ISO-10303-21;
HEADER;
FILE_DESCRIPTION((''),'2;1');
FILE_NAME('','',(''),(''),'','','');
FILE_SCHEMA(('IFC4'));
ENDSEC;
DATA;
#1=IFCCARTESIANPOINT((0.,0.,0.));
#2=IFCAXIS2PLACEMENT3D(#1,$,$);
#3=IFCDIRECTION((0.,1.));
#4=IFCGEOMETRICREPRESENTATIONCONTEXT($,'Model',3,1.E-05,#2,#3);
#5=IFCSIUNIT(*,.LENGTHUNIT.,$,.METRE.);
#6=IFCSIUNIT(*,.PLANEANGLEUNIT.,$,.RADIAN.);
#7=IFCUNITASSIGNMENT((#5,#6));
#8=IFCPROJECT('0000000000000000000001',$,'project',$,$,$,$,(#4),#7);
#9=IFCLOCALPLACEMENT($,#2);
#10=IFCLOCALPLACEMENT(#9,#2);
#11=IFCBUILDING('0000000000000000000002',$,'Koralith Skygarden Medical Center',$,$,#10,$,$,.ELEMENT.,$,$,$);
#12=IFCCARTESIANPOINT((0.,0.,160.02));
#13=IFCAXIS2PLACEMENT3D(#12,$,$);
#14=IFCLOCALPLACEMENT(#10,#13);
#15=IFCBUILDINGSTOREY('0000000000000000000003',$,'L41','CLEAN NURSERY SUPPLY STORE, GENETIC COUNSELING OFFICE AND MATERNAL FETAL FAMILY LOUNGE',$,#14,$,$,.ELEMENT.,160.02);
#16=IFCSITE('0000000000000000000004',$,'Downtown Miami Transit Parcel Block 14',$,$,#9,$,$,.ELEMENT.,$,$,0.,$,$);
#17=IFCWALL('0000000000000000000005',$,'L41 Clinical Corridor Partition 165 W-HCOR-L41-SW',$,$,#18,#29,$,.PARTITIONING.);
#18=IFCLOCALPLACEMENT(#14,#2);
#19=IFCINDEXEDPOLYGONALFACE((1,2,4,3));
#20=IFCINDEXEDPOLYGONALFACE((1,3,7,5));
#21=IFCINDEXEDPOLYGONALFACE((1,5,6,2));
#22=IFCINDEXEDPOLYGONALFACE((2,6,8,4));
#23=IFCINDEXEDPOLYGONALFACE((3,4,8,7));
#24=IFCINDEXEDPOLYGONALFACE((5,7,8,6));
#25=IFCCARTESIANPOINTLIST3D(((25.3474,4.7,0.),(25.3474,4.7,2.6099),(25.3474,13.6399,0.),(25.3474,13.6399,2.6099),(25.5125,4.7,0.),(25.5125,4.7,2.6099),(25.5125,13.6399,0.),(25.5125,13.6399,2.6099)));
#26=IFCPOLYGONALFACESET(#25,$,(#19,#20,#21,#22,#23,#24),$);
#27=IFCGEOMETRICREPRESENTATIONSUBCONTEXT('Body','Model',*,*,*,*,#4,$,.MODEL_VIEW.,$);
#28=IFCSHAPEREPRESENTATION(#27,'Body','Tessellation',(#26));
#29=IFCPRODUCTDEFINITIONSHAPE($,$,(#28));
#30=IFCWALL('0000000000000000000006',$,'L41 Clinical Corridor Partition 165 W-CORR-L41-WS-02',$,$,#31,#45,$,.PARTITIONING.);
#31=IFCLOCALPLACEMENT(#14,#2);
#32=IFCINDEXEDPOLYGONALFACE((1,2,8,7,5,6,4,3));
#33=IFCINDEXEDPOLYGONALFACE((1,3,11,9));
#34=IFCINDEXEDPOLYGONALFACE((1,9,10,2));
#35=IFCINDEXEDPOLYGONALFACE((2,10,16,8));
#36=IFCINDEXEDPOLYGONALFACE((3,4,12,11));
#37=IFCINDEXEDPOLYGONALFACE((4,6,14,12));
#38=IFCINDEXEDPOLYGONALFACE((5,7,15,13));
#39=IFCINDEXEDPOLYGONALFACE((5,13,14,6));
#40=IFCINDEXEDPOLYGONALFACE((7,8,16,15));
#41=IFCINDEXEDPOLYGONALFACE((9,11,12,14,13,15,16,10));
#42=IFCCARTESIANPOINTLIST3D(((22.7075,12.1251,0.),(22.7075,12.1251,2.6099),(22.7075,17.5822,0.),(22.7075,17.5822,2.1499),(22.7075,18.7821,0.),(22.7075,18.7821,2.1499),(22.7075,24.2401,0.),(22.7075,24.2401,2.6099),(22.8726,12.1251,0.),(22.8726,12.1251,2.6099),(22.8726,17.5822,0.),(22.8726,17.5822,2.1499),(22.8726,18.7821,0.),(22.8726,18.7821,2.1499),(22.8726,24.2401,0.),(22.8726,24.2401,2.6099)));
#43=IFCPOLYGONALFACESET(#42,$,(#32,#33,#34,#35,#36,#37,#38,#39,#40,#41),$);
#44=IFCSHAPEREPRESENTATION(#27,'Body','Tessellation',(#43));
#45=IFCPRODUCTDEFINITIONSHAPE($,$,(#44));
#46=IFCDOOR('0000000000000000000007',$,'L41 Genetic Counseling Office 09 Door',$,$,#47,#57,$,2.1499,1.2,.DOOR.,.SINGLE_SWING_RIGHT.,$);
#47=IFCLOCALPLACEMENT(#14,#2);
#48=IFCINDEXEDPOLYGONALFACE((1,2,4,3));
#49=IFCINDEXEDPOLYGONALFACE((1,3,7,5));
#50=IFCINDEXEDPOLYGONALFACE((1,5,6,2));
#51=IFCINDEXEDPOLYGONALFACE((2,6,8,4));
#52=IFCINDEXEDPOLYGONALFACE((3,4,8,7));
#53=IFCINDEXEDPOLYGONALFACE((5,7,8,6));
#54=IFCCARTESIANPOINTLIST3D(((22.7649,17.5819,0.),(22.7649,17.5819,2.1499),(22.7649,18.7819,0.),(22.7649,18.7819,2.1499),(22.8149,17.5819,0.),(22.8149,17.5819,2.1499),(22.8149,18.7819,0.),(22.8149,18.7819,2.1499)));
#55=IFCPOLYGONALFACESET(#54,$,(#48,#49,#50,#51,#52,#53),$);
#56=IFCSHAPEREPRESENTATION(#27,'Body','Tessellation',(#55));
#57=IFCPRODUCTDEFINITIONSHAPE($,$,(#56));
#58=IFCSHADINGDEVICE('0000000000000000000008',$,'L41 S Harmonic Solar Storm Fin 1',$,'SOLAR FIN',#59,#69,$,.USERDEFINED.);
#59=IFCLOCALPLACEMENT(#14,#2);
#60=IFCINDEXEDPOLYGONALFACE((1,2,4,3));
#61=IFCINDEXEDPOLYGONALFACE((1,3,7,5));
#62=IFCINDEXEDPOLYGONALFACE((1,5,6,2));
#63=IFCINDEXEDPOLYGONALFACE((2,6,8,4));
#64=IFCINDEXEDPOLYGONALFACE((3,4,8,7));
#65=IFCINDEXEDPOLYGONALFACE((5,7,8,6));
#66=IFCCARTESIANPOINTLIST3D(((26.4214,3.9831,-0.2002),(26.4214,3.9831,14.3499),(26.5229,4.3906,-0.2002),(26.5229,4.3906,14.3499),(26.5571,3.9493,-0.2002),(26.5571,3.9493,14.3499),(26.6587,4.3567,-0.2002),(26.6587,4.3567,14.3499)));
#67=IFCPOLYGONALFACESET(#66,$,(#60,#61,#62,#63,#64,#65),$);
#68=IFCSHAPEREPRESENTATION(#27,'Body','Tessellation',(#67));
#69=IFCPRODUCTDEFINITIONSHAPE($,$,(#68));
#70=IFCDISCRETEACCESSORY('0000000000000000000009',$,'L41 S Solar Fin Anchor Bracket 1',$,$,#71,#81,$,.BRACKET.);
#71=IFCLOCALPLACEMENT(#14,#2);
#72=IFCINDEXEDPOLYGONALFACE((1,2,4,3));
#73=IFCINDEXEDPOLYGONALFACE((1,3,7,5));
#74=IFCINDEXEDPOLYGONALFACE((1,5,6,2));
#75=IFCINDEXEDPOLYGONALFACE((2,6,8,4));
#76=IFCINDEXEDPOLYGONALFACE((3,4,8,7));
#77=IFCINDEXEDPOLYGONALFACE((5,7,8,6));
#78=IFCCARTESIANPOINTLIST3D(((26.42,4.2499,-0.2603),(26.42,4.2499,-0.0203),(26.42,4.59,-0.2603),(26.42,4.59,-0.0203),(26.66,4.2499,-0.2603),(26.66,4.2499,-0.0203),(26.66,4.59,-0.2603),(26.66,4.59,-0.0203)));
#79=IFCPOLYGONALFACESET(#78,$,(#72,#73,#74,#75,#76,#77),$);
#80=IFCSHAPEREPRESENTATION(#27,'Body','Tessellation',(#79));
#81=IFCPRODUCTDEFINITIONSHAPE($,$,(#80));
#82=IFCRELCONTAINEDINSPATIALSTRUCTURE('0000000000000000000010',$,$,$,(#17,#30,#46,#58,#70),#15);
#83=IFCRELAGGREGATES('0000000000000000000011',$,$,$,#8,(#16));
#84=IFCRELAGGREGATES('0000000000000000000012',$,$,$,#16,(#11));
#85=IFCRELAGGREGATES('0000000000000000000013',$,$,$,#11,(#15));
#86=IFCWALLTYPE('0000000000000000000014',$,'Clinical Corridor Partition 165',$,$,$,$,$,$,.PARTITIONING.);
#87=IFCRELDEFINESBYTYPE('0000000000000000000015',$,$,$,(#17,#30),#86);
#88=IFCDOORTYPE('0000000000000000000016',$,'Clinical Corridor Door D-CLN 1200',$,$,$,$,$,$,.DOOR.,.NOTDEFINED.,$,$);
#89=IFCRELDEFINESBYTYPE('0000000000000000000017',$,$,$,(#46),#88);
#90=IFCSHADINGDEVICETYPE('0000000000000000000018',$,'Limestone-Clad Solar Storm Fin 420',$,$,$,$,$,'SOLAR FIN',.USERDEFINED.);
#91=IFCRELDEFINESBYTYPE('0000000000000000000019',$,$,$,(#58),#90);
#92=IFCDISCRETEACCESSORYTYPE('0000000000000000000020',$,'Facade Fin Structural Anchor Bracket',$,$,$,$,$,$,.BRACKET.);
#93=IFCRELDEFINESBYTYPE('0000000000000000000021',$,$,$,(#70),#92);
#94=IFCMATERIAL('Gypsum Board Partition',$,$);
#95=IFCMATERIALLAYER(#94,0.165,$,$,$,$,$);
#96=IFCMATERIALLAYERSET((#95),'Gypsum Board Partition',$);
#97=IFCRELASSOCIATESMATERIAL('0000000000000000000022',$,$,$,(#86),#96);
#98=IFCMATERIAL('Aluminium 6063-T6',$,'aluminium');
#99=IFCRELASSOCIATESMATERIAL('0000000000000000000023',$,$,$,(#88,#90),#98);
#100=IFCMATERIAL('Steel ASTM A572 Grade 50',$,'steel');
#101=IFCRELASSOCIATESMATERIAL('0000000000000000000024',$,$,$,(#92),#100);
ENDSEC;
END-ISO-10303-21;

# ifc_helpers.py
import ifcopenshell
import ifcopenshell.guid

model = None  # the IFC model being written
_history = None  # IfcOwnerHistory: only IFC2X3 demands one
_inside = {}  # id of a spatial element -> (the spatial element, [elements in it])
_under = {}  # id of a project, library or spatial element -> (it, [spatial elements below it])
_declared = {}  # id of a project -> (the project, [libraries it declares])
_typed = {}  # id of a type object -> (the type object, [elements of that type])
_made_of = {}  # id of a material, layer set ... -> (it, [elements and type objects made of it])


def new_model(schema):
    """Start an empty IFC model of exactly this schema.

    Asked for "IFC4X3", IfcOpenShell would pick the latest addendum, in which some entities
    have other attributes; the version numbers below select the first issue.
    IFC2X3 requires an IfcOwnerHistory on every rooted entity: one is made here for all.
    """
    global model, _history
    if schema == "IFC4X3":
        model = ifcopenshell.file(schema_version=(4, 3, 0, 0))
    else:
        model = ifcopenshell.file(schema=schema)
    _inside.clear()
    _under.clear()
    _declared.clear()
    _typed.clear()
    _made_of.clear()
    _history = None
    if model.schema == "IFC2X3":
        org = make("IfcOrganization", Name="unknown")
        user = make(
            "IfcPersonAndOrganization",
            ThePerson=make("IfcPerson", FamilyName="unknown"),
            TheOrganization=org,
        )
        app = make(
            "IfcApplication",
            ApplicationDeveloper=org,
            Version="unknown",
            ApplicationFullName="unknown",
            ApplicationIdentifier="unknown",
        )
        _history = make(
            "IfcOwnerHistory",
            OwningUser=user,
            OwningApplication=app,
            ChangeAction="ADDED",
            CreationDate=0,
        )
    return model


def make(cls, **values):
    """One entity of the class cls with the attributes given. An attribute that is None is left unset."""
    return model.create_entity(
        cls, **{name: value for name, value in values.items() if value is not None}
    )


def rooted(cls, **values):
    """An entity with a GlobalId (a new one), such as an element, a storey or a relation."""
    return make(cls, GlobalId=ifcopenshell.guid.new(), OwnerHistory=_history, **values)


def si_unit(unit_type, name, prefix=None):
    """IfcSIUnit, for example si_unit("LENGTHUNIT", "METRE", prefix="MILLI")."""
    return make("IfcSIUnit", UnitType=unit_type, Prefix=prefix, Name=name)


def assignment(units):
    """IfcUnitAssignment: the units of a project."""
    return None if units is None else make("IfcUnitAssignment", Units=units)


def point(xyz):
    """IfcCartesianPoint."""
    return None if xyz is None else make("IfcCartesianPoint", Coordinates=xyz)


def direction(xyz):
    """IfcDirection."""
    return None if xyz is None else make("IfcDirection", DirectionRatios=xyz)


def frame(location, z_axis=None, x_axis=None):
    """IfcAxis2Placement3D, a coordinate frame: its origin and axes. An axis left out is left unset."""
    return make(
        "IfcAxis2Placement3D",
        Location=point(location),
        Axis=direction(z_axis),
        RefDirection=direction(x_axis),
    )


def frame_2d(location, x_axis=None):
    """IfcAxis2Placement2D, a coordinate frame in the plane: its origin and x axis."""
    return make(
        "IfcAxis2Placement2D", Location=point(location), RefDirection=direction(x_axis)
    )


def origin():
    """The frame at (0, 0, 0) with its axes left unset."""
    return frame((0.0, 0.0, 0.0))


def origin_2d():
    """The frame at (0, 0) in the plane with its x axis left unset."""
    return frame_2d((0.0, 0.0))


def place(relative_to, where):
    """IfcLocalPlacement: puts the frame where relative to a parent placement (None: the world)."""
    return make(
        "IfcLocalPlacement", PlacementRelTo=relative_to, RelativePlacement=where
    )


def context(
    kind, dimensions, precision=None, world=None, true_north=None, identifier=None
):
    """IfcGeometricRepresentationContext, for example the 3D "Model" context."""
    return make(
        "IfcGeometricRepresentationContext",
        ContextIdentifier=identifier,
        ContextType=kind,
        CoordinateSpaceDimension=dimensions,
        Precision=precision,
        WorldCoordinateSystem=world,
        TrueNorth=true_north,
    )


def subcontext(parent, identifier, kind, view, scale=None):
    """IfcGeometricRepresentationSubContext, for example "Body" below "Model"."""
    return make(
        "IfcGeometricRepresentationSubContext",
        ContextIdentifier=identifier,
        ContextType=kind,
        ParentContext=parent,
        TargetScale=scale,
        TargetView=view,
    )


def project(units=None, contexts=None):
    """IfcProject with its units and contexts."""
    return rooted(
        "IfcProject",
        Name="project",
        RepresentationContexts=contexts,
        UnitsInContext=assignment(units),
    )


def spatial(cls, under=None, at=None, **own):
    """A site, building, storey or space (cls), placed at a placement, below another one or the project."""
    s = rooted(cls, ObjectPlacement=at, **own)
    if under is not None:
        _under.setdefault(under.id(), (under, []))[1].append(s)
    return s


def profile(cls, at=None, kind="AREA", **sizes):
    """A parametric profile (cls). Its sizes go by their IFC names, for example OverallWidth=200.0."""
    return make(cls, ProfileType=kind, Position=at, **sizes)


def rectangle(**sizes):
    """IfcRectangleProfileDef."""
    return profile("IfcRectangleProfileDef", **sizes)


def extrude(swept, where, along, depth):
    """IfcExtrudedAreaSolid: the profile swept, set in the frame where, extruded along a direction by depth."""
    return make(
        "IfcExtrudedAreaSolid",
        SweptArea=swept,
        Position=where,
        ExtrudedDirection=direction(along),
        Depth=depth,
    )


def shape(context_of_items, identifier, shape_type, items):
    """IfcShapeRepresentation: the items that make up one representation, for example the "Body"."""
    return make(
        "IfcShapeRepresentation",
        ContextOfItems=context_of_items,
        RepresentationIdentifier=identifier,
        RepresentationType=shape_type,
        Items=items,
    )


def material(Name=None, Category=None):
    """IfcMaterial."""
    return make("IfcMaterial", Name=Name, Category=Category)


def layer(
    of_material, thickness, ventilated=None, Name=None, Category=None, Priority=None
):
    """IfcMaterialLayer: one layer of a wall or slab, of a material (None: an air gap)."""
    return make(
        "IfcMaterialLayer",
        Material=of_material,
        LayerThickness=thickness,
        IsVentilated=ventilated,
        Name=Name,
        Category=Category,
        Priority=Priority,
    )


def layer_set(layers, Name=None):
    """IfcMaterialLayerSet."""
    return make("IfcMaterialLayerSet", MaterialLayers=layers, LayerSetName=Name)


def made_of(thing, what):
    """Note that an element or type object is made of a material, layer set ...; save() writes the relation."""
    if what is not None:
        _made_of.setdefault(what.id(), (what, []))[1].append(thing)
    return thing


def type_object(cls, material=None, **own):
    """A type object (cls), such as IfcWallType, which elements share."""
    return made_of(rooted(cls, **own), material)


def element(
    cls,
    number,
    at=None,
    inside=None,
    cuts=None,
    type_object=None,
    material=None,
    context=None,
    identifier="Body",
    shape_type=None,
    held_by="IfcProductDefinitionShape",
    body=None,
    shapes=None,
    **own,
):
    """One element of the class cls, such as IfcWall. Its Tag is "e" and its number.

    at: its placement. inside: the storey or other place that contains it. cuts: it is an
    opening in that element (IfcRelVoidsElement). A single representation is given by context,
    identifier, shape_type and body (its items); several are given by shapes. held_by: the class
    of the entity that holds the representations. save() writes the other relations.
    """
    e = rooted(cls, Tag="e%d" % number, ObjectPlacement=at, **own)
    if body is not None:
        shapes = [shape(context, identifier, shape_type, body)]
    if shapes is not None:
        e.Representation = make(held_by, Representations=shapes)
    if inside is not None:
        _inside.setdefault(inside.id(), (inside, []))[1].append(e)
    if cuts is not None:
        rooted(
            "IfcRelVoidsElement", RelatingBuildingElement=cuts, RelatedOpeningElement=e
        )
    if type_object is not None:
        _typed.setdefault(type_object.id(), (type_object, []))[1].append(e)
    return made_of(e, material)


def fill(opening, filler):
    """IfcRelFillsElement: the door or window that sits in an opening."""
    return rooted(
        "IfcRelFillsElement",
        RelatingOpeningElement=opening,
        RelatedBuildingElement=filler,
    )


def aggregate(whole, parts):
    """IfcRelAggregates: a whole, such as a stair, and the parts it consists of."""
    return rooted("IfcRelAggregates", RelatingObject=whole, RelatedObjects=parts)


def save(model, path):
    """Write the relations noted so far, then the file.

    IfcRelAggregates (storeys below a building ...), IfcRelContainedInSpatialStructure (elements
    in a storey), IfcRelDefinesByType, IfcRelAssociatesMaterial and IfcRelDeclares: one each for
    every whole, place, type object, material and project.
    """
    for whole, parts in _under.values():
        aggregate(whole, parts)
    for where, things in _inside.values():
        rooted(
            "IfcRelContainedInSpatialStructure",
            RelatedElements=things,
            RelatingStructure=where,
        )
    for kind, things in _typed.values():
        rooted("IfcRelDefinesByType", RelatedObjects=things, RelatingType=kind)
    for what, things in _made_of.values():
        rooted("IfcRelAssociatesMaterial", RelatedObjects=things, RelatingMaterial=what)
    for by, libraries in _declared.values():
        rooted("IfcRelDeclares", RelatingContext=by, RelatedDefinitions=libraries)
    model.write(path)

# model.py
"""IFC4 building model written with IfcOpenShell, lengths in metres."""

from ifc_helpers import new_model, si_unit, direction, frame, frame_2d, origin, origin_2d, place, context, subcontext, project, spatial, rectangle, extrude, material, layer, layer_set, type_object, element, fill, save


model = new_model("IFC4")

# Units and contexts
model_context = context("Model", 3, precision=1e-05, world=origin(), true_north=direction((0.0, 1.0)))
body_context = subcontext(model_context, "Body", "Model", "MODEL_VIEW")
ifc_project = project(units=[si_unit("LENGTHUNIT", "METRE"), si_unit("PLANEANGLEUNIT", "RADIAN")], contexts=[model_context])

# Site, building, storey
site_placement = place(None, origin())
site = spatial("IfcSite", under=ifc_project, at=site_placement, Name="Downtown Miami Transit Parcel Block 14", CompositionType="ELEMENT", RefElevation=0.0)
building_placement = place(site_placement, origin())
building = spatial("IfcBuilding", under=site, at=building_placement, Name="Koralith Skygarden Medical Center", CompositionType="ELEMENT")
storey_placement = place(building_placement, frame((0.0, 0.0, 160.02)))
storey = spatial("IfcBuildingStorey", under=building, at=storey_placement, Name="L41", Description="CLEAN NURSERY SUPPLY STORE, GENETIC COUNSELING OFFICE AND MATERNAL FETAL FAMILY LOUNGE", CompositionType="ELEMENT", Elevation=160.02)

# Shared definitions
ifc_material_1 = material(Name="Aluminium 6063-T6", Category="aluminium")

# Wall
ifc_material_2 = material(Name="Gypsum Board Partition")
ifc_layer_1 = layer(ifc_material_2, 0.165)
ifc_layer_set_1 = layer_set([ifc_layer_1], Name="Gypsum Board Partition")
wall_type_1 = type_object("IfcWallType", Name="Clinical Corridor Partition 165", PredefinedType="PARTITIONING", material=ifc_layer_set_1)
wall_1_placement = place(storey_placement, frame((25.4299, 4.7, 0.0), z_axis=(0.0, 0.0, 1.0), x_axis=(0.0, 1.0, 0.0)))
element("IfcWall", 1, at=wall_1_placement, inside=storey, type_object=wall_type_1, Name="L41 Clinical Corridor Partition 165 W-HCOR-L41-SW", PredefinedType="PARTITIONING", context=body_context, shape_type="SweptSolid", body=[
    extrude(rectangle(XDim=8.9399, YDim=0.165, at=frame_2d((4.47, 0.0))), origin(), (0.0, 0.0, 1.0), 2.6099),
])

# Wall, opening, door
door_type = type_object("IfcDoorType", Name="Clinical Corridor Door D-CLN 1200", OperationType="NOTDEFINED", PredefinedType="DOOR", material=ifc_material_1)
wall_2_placement = place(storey_placement, frame((22.79, 12.125, 0.0), z_axis=(0.0, 0.0, 1.0), x_axis=(0.0, 1.0, 0.0)))
wall_2 = element("IfcWall", 2, at=wall_2_placement, inside=storey, type_object=wall_type_1, Name="L41 Clinical Corridor Partition 165 W-CORR-L41-WS-02", PredefinedType="PARTITIONING", context=body_context, shape_type="SweptSolid", body=[
    extrude(rectangle(XDim=12.115, YDim=0.165, at=frame_2d((6.0576, 0.0))), origin(), (0.0, 0.0, 1.0), 2.6099),
])
opening_1_placement = place(wall_2_placement, frame((5.457, 0.0, 0.0)))
opening_1 = element("IfcOpeningElement", 3, at=opening_1_placement, cuts=wall_2, PredefinedType="OPENING", context=body_context, shape_type="SweptSolid", body=[
    extrude(rectangle(XDim=1.2, YDim=2.1499, at=frame_2d((0.6001, 1.075))), frame((0.0, 0.0925, 0.0), z_axis=(0.0, -1.0, 0.0), x_axis=(1.0, 0.0, 0.0)), (0.0, 0.0, 1.0), 0.1851),
])
door_1_placement = place(opening_1_placement, frame((1.2, 0.0, 0.0), z_axis=(0.0, 0.0, 1.0), x_axis=(-1.0, 0.0, 0.0)))
door_1 = element("IfcDoor", 4, at=door_1_placement, inside=storey, type_object=door_type, Name="L41 Genetic Counseling Office 09 Door", OperationType="SINGLE_SWING_RIGHT", OverallHeight=2.1499, OverallWidth=1.2, PredefinedType="DOOR", context=body_context, shape_type="SweptSolid", body=[
    extrude(rectangle(XDim=1.2, YDim=2.1499, at=frame_2d((0.6001, 1.075))), frame((0.0, 0.0249, 0.0), z_axis=(0.0, -1.0, 0.0), x_axis=(1.0, 0.0, 0.0)), (0.0, 0.0, 1.0), 0.05),
])
fill(opening_1, door_1)

# Shading device
shading_device_type = type_object("IfcShadingDeviceType", Name="Limestone-Clad Solar Storm Fin 420", ElementType="SOLAR FIN", PredefinedType="USERDEFINED", material=ifc_material_1)
shading_device_placement = place(storey_placement, frame((26.54, 4.1699, -0.2002), z_axis=(0.0, 0.0, 1.0), x_axis=(-0.241786, -0.970329, 0.0)))
element("IfcShadingDevice", 5, at=shading_device_placement, inside=storey, type_object=shading_device_type, Name="L41 S Harmonic Solar Storm Fin 1", ObjectType="SOLAR FIN", PredefinedType="USERDEFINED", context=body_context, shape_type="SweptSolid", body=[
    extrude(rectangle(XDim=0.4199, YDim=0.1399, at=origin_2d()), origin(), (0.0, 0.0, 1.0), 14.55),
])

# Discrete accessory
ifc_material_3 = material(Name="Steel ASTM A572 Grade 50", Category="steel")
discrete_accessory_type = type_object("IfcDiscreteAccessoryType", Name="Facade Fin Structural Anchor Bracket", PredefinedType="BRACKET", material=ifc_material_3)
discrete_accessory_placement = place(storey_placement, frame((26.54, 4.4199, -0.2603), z_axis=(0.0, 0.0, 1.0), x_axis=(0.0, -1.0, 0.0)))
element("IfcDiscreteAccessory", 6, at=discrete_accessory_placement, inside=storey, type_object=discrete_accessory_type, Name="L41 S Solar Fin Anchor Bracket 1", PredefinedType="BRACKET", context=body_context, shape_type="SweptSolid", body=[
    extrude(rectangle(XDim=0.3401, YDim=0.24, at=origin_2d()), origin(), (0.0, 0.0, 1.0), 0.24),
])

save(model, "model.ifc")
